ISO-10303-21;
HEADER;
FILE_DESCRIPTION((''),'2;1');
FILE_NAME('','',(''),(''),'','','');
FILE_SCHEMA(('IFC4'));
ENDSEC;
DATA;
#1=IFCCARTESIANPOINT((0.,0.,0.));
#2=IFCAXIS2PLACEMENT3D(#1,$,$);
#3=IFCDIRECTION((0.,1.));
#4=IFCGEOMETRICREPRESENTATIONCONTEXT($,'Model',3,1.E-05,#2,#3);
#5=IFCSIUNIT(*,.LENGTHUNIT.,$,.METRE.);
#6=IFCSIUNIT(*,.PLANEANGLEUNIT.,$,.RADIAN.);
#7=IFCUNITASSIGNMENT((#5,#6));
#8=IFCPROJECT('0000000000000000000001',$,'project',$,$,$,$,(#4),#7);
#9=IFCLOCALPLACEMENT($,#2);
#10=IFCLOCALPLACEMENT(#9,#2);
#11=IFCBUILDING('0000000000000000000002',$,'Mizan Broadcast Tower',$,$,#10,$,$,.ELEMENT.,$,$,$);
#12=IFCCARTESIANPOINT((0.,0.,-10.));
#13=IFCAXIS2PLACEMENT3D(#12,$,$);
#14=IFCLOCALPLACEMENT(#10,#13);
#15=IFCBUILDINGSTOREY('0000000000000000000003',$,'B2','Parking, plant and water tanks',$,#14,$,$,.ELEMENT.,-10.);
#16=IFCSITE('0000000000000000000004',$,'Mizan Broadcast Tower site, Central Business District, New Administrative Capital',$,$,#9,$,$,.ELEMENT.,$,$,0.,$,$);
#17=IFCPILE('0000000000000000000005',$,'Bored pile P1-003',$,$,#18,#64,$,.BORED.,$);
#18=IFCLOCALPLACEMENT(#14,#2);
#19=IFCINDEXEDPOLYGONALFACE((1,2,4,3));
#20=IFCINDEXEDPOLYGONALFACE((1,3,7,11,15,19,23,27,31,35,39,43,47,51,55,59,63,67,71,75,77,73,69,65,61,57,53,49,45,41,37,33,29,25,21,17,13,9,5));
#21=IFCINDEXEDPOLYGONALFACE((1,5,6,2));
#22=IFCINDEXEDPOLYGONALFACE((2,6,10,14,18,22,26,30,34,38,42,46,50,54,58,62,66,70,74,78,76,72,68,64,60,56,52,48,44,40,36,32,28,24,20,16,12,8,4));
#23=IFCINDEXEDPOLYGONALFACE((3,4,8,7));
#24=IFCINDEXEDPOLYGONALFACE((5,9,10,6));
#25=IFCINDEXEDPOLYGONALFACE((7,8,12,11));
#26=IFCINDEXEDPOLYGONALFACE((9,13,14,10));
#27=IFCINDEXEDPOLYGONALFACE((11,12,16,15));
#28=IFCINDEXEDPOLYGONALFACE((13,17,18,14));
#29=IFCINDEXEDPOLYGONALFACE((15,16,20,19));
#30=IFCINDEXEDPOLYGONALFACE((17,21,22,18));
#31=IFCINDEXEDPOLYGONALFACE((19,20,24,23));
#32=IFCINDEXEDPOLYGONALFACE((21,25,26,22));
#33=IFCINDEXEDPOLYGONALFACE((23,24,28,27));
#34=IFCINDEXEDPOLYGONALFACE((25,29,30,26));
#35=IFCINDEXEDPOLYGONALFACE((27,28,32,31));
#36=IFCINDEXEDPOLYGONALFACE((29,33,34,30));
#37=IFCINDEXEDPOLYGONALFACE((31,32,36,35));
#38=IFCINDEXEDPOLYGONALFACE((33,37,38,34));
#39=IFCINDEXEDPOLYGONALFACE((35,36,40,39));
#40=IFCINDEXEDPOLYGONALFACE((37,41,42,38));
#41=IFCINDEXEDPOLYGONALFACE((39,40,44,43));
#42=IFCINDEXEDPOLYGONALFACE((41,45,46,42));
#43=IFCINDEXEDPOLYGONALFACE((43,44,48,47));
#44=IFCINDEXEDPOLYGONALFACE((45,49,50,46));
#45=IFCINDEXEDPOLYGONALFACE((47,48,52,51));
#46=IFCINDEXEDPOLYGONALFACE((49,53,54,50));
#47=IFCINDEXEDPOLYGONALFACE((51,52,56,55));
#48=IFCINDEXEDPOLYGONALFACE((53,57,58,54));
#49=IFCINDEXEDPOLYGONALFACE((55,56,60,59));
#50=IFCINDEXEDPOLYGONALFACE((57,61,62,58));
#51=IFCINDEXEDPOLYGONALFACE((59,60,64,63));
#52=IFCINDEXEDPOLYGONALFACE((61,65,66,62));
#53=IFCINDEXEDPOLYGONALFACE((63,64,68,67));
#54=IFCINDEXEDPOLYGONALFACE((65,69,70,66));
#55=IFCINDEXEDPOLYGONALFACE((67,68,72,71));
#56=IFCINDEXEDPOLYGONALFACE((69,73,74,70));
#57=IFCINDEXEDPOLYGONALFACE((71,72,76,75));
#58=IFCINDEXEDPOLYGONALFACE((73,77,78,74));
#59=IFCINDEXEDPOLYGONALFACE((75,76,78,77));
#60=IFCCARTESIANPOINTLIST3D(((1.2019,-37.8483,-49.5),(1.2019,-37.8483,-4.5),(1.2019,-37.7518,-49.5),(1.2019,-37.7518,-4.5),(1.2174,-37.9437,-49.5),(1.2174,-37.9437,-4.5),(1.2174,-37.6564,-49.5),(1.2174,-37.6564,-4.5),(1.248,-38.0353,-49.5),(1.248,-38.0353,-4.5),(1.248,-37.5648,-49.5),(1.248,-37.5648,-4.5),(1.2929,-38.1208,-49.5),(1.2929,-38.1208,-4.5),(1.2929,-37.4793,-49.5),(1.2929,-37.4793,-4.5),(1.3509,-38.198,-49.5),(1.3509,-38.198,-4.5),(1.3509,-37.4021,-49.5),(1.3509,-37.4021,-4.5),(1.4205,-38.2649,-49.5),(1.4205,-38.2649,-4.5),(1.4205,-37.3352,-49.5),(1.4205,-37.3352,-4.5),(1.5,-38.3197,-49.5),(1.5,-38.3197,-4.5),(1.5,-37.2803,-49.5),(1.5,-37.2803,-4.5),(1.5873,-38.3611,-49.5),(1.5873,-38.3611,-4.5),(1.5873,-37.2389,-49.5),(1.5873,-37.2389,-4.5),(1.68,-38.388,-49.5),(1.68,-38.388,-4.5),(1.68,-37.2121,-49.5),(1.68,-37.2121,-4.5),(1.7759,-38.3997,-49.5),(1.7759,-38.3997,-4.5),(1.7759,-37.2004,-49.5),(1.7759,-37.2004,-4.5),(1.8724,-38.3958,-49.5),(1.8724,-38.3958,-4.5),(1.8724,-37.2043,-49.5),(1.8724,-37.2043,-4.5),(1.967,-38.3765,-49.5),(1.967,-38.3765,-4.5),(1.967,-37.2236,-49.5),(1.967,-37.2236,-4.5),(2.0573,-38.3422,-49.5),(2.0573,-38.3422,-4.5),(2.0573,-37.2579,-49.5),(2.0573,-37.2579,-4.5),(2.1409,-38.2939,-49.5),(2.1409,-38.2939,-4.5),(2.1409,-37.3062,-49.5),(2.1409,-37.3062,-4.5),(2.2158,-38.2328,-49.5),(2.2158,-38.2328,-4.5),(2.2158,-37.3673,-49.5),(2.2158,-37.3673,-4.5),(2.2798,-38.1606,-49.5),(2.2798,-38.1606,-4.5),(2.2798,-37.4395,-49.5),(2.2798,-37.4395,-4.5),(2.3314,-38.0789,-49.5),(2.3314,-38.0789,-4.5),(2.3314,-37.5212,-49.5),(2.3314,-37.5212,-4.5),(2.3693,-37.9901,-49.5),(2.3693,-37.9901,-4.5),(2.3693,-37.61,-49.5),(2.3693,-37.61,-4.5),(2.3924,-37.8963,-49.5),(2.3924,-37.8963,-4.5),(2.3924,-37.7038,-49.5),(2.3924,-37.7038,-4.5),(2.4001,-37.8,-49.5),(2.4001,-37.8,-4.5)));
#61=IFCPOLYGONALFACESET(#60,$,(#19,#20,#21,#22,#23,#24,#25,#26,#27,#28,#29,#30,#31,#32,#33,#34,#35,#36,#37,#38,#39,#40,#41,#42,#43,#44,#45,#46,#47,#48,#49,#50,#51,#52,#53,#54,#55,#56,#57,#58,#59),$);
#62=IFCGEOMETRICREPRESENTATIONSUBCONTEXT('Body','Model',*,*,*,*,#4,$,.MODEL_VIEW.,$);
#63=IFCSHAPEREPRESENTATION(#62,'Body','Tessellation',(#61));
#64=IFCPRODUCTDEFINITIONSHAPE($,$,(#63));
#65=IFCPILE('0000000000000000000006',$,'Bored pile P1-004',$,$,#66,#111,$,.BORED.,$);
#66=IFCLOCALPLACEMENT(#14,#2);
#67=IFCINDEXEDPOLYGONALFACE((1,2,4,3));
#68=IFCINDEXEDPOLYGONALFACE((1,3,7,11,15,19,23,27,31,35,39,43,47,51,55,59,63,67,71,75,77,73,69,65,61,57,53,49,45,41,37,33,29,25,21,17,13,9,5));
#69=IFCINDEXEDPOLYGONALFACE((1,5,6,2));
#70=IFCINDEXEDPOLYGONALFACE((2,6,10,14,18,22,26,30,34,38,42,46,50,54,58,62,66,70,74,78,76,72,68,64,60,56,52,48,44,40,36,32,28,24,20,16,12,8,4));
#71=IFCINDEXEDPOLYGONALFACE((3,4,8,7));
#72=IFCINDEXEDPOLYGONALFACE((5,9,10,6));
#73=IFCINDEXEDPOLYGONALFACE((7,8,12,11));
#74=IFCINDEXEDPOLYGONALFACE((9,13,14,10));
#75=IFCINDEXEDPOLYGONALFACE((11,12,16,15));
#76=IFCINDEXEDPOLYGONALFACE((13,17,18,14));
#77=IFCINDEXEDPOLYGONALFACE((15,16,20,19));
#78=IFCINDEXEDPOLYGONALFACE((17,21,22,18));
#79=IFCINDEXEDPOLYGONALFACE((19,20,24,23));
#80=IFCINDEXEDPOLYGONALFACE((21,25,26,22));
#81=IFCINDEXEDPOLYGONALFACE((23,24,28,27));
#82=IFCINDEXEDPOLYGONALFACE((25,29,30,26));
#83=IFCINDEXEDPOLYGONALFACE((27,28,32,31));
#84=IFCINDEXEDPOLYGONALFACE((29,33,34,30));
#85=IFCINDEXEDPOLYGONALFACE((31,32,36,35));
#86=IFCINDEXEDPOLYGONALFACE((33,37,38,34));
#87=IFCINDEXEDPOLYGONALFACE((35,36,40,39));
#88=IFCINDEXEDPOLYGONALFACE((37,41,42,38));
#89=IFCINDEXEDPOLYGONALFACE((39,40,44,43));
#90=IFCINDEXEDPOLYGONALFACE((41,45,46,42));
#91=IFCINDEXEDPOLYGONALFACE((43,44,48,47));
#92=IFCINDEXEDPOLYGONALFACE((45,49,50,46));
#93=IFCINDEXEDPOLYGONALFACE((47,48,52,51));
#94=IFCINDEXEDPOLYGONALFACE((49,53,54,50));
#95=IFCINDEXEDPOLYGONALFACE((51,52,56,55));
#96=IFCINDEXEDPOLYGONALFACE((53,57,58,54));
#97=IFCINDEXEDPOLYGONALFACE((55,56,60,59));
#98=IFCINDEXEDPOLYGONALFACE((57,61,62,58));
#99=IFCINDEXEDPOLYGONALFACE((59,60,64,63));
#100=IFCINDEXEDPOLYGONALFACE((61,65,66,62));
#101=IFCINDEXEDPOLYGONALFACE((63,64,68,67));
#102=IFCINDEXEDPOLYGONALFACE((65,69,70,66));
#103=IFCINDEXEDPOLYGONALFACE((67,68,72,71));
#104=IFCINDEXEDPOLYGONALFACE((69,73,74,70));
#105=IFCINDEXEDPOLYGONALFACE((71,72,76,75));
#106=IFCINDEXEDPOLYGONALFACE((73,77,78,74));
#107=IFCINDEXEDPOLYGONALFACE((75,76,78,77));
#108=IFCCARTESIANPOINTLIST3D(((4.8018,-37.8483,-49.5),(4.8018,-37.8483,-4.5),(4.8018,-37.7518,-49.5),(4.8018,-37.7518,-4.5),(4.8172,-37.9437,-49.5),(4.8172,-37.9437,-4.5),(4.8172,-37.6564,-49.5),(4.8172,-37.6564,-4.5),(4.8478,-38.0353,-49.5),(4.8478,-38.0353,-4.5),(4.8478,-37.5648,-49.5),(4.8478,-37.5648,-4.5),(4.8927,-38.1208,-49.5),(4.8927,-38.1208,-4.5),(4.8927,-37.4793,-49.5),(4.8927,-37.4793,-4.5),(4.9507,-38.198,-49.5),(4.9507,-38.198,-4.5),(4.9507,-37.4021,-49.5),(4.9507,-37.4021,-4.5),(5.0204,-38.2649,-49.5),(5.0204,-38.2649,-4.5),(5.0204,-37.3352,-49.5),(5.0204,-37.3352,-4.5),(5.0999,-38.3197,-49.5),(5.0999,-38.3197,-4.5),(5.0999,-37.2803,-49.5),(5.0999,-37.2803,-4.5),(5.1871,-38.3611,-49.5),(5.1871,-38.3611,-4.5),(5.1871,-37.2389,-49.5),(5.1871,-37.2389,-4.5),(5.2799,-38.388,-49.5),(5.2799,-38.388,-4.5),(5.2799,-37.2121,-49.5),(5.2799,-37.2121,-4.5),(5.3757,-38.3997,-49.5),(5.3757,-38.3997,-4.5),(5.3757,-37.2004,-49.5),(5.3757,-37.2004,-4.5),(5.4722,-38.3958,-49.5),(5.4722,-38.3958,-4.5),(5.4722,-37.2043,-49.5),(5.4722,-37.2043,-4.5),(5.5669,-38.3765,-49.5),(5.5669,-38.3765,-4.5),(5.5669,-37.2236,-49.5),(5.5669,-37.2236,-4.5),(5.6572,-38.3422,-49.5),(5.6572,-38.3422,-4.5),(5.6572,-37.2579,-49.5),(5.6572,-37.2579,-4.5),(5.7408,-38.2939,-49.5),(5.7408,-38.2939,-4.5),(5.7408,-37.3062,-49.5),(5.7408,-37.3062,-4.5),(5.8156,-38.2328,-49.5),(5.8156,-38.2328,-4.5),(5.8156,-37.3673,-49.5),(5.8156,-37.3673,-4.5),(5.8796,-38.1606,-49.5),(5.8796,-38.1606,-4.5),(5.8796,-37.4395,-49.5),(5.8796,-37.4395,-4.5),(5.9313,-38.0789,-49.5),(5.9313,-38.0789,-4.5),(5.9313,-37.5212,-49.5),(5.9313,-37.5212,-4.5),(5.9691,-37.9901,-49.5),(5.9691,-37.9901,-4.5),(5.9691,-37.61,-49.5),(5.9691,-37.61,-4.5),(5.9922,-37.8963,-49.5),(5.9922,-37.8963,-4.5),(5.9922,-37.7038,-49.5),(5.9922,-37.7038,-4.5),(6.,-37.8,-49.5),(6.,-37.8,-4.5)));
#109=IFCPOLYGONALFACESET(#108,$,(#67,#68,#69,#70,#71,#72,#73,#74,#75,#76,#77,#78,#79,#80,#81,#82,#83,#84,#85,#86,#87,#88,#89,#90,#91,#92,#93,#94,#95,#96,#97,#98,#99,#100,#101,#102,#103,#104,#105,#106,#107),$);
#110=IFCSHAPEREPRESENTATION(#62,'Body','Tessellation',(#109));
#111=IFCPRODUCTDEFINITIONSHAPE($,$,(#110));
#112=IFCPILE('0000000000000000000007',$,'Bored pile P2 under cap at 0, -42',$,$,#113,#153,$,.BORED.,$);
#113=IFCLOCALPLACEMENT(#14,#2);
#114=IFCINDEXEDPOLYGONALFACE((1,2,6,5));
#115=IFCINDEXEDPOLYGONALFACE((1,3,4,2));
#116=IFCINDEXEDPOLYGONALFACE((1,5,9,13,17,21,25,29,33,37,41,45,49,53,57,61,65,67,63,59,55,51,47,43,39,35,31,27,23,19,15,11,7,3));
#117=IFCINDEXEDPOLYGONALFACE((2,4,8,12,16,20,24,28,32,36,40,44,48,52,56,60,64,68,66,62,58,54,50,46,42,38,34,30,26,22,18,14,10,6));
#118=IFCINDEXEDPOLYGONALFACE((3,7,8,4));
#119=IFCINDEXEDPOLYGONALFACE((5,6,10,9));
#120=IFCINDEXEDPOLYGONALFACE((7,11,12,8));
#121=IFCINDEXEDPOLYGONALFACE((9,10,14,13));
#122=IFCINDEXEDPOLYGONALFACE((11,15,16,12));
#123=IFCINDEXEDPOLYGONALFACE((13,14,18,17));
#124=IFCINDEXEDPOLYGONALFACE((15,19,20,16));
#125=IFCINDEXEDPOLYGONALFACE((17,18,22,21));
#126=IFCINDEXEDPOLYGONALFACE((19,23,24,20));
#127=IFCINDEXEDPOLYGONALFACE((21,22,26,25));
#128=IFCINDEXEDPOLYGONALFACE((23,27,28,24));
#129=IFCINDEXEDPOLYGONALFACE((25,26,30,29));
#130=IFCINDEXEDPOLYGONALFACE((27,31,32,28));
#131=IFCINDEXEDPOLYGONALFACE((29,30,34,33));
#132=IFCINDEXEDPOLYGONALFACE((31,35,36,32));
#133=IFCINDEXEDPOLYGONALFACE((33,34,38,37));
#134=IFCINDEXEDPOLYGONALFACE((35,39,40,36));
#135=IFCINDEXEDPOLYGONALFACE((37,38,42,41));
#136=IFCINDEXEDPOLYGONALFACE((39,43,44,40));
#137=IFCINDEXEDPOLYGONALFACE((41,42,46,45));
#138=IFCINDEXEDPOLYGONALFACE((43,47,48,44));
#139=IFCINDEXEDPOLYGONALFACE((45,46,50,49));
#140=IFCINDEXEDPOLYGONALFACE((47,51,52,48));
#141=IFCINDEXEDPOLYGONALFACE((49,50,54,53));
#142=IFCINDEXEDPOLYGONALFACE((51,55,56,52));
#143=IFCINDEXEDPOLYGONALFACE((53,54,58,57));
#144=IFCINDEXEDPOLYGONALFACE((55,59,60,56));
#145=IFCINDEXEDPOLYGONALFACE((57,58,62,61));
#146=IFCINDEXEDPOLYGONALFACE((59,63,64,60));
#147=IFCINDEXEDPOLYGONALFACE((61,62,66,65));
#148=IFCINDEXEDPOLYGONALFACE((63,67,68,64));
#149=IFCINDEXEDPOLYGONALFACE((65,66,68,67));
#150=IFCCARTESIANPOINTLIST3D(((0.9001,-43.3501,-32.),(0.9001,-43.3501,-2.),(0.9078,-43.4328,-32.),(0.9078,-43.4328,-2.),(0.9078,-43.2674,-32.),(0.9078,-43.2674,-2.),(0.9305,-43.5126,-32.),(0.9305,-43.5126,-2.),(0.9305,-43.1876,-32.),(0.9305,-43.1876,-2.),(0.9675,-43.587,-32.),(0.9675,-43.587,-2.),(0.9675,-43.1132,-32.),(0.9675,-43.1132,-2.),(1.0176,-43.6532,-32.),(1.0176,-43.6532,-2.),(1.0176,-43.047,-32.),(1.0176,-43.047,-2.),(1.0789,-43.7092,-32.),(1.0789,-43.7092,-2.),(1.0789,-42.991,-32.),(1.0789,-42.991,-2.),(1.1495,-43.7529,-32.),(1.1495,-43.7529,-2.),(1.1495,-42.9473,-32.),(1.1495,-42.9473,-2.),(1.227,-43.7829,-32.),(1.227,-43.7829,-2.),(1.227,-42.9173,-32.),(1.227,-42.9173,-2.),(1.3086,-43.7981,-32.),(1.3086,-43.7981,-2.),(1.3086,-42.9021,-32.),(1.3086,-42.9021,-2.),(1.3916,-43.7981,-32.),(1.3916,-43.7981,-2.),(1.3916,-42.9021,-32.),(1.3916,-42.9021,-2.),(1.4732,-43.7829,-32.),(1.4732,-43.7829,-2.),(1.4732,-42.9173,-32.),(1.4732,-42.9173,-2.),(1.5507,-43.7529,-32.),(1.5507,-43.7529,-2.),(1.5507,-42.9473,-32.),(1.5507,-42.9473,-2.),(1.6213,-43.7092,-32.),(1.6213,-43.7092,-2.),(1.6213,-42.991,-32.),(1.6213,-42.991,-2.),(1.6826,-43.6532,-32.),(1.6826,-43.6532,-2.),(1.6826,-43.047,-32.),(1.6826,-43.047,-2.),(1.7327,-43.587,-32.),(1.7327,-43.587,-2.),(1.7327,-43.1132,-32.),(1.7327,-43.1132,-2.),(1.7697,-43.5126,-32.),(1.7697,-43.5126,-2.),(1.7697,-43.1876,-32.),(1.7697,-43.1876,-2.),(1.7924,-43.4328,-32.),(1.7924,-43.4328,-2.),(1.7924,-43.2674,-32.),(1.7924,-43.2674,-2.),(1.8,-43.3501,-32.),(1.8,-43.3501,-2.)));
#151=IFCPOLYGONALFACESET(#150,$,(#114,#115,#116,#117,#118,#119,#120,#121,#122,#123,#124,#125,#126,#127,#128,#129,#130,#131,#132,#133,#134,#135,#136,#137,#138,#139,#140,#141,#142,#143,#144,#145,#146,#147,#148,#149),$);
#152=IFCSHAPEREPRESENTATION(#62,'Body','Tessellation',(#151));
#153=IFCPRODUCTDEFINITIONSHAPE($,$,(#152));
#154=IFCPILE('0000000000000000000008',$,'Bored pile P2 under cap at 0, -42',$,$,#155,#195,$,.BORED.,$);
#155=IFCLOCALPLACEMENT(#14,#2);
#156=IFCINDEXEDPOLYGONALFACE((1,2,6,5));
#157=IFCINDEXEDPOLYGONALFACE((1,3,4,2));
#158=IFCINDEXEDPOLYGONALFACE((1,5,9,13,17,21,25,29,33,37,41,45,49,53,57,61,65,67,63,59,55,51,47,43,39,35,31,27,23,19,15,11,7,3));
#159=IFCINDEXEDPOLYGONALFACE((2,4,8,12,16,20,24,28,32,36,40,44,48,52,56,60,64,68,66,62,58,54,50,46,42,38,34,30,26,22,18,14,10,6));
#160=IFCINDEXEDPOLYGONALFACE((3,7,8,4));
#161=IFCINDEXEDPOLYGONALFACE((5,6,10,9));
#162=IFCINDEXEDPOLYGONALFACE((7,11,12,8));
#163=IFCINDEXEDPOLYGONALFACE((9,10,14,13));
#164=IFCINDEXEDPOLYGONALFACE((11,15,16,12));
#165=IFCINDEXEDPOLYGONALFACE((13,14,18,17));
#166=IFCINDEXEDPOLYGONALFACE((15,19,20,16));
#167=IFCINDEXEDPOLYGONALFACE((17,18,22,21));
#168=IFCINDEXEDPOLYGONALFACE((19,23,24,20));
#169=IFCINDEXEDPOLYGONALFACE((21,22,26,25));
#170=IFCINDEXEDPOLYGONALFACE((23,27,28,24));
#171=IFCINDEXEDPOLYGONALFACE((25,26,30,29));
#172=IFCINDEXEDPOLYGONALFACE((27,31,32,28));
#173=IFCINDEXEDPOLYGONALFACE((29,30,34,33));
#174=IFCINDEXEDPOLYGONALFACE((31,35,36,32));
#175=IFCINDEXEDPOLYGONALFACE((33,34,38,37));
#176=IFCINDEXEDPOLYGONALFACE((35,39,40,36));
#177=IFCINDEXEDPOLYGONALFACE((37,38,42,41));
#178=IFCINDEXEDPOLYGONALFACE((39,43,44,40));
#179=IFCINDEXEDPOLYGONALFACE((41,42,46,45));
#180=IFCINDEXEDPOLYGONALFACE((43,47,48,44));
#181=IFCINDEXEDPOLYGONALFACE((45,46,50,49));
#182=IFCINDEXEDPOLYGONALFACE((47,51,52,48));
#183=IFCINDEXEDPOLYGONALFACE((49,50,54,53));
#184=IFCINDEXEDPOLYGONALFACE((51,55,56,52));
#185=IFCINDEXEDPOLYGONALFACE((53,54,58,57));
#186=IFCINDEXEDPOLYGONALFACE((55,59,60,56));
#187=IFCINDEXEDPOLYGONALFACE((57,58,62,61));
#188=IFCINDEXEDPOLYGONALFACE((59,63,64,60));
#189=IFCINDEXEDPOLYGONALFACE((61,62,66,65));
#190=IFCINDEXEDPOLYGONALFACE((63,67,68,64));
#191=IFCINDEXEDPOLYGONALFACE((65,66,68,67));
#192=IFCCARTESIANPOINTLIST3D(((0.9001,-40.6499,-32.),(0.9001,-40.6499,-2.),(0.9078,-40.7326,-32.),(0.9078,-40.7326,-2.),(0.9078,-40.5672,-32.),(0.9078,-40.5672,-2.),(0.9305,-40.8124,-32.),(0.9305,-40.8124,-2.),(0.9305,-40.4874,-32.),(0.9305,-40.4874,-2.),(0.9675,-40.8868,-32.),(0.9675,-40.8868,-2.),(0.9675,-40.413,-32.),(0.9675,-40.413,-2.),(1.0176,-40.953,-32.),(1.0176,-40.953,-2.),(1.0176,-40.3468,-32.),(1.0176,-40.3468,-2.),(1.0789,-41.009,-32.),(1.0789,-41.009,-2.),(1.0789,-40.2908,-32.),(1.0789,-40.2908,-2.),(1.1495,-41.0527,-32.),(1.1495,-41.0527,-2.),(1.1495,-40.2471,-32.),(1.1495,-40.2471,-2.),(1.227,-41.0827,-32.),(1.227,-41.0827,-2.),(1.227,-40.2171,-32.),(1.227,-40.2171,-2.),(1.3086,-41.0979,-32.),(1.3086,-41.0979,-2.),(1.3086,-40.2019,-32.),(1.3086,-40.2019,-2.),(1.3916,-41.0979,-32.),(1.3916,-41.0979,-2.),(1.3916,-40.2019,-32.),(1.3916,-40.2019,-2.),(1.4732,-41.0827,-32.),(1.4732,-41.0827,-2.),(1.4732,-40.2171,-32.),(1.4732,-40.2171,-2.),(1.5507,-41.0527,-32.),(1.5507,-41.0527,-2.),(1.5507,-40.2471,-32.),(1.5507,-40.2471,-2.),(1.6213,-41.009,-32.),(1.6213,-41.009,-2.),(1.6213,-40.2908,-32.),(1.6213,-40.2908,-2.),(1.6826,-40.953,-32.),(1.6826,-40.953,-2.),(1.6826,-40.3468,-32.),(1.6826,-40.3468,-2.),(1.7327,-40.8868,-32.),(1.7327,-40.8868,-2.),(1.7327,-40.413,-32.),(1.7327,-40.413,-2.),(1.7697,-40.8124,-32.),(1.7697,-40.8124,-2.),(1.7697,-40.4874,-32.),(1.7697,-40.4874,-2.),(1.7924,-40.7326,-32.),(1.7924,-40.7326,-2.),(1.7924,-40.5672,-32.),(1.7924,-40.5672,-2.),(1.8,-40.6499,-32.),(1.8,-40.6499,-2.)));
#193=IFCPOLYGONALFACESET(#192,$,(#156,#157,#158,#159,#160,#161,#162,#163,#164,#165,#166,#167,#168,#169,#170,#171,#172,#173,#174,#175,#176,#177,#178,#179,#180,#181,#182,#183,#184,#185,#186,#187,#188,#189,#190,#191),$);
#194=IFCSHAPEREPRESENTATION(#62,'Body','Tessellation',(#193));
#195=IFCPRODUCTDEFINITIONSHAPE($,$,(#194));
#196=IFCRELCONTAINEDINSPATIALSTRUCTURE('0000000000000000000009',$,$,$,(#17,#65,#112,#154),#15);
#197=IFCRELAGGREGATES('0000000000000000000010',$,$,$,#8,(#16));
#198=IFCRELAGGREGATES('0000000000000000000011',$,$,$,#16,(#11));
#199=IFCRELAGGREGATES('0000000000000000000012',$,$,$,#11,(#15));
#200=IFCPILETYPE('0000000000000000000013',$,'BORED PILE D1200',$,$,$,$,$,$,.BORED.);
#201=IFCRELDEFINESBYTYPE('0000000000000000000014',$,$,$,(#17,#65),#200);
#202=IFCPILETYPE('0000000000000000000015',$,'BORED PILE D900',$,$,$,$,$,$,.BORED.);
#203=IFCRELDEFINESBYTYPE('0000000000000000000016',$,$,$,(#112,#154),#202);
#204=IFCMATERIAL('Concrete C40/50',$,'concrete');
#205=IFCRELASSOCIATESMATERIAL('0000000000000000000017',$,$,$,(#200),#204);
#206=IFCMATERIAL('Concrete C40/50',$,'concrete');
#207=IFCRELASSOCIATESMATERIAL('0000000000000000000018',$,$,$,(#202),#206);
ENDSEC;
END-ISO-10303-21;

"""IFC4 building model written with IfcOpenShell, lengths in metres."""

from ifc_helpers import new_model, si_unit, direction, frame, origin, origin_2d, place, context, subcontext, project, spatial, circle, extrude, material, material_profile, profile_set, type_object, element, save


model = new_model("IFC4")

# Units and contexts
model_context = context("Model", 3, precision=1e-05, world=origin(), true_north=direction((0.0, 1.0)))
body_context = subcontext(model_context, "Body", "Model", "MODEL_VIEW")
ifc_project = project(units=[si_unit("LENGTHUNIT", "METRE"), si_unit("PLANEANGLEUNIT", "RADIAN")], contexts=[model_context])

# Site, building, storey
site_placement = place(None, origin())
site = spatial("IfcSite", under=ifc_project, at=site_placement, Name="Mizan Broadcast Tower site, Central Business District, New Administrative Capital", CompositionType="ELEMENT", RefElevation=0.0)
building_placement = place(site_placement, origin())
building = spatial("IfcBuilding", under=site, at=building_placement, Name="Mizan Broadcast Tower", CompositionType="ELEMENT")
storey_placement = place(building_placement, frame((0.0, 0.0, -10.0)))
storey = spatial("IfcBuildingStorey", under=building, at=storey_placement, Name="B2", Description="Parking, plant and water tanks", CompositionType="ELEMENT", Elevation=-10.0)

# Piles
ifc_material_1 = material(Name="Concrete C40/50", Category="concrete")
ifc_material_profile_1 = material_profile(ifc_material_1, circle(Radius=0.6001, at=origin_2d()), Name="D1200")
ifc_profile_set_1 = profile_set([ifc_material_profile_1], Name="Concrete C40/50")
pile_type_1 = type_object("IfcPileType", Name="BORED PILE D1200", PredefinedType="BORED", material=ifc_profile_set_1)
for number, where, z_axis, x_axis, name in (
    (1, (1.8, -37.8, -4.5), (0.0, 0.0, -1.0), (1.0, 0.0, 0.0), "Bored pile P1-003"),
    (2, (5.3999, -37.8, -4.5), (0.0, 0.0, -1.0), (1.0, 0.0, 0.0), "Bored pile P1-004"),
):
    element("IfcPile", number, at=place(storey_placement, frame(where, z_axis=z_axis, x_axis=x_axis)), inside=storey, type_object=pile_type_1, Name=name, PredefinedType="BORED", context=body_context, shape_type="SweptSolid", body=[
        extrude(circle(Radius=0.6001, at=origin_2d()), origin(), (0.0, 0.0, 1.0), 45.0),
    ])
ifc_material_2 = material(Name="Concrete C40/50", Category="concrete")
ifc_material_profile_2 = material_profile(ifc_material_2, circle(Radius=0.45, at=origin_2d()), Name="D900")
ifc_profile_set_2 = profile_set([ifc_material_profile_2], Name="Concrete C40/50")
pile_type_2 = type_object("IfcPileType", Name="BORED PILE D900", PredefinedType="BORED", material=ifc_profile_set_2)
for number, where, z_axis, x_axis, name in (
    (3, (1.3501, -43.3501, -2.0), (0.0, 0.0, -1.0), (1.0, 0.0, 0.0), "Bored pile P2 under cap at 0, -42"),
    (4, (1.3501, -40.6499, -2.0), (0.0, 0.0, -1.0), (1.0, 0.0, 0.0), "Bored pile P2 under cap at 0, -42"),
):
    element("IfcPile", number, at=place(storey_placement, frame(where, z_axis=z_axis, x_axis=x_axis)), inside=storey, type_object=pile_type_2, Name=name, PredefinedType="BORED", context=body_context, shape_type="SweptSolid", body=[
        extrude(circle(Radius=0.45, at=origin_2d()), origin(), (0.0, 0.0, 1.0), 30.0),
    ])

save(model, "model.ifc")
